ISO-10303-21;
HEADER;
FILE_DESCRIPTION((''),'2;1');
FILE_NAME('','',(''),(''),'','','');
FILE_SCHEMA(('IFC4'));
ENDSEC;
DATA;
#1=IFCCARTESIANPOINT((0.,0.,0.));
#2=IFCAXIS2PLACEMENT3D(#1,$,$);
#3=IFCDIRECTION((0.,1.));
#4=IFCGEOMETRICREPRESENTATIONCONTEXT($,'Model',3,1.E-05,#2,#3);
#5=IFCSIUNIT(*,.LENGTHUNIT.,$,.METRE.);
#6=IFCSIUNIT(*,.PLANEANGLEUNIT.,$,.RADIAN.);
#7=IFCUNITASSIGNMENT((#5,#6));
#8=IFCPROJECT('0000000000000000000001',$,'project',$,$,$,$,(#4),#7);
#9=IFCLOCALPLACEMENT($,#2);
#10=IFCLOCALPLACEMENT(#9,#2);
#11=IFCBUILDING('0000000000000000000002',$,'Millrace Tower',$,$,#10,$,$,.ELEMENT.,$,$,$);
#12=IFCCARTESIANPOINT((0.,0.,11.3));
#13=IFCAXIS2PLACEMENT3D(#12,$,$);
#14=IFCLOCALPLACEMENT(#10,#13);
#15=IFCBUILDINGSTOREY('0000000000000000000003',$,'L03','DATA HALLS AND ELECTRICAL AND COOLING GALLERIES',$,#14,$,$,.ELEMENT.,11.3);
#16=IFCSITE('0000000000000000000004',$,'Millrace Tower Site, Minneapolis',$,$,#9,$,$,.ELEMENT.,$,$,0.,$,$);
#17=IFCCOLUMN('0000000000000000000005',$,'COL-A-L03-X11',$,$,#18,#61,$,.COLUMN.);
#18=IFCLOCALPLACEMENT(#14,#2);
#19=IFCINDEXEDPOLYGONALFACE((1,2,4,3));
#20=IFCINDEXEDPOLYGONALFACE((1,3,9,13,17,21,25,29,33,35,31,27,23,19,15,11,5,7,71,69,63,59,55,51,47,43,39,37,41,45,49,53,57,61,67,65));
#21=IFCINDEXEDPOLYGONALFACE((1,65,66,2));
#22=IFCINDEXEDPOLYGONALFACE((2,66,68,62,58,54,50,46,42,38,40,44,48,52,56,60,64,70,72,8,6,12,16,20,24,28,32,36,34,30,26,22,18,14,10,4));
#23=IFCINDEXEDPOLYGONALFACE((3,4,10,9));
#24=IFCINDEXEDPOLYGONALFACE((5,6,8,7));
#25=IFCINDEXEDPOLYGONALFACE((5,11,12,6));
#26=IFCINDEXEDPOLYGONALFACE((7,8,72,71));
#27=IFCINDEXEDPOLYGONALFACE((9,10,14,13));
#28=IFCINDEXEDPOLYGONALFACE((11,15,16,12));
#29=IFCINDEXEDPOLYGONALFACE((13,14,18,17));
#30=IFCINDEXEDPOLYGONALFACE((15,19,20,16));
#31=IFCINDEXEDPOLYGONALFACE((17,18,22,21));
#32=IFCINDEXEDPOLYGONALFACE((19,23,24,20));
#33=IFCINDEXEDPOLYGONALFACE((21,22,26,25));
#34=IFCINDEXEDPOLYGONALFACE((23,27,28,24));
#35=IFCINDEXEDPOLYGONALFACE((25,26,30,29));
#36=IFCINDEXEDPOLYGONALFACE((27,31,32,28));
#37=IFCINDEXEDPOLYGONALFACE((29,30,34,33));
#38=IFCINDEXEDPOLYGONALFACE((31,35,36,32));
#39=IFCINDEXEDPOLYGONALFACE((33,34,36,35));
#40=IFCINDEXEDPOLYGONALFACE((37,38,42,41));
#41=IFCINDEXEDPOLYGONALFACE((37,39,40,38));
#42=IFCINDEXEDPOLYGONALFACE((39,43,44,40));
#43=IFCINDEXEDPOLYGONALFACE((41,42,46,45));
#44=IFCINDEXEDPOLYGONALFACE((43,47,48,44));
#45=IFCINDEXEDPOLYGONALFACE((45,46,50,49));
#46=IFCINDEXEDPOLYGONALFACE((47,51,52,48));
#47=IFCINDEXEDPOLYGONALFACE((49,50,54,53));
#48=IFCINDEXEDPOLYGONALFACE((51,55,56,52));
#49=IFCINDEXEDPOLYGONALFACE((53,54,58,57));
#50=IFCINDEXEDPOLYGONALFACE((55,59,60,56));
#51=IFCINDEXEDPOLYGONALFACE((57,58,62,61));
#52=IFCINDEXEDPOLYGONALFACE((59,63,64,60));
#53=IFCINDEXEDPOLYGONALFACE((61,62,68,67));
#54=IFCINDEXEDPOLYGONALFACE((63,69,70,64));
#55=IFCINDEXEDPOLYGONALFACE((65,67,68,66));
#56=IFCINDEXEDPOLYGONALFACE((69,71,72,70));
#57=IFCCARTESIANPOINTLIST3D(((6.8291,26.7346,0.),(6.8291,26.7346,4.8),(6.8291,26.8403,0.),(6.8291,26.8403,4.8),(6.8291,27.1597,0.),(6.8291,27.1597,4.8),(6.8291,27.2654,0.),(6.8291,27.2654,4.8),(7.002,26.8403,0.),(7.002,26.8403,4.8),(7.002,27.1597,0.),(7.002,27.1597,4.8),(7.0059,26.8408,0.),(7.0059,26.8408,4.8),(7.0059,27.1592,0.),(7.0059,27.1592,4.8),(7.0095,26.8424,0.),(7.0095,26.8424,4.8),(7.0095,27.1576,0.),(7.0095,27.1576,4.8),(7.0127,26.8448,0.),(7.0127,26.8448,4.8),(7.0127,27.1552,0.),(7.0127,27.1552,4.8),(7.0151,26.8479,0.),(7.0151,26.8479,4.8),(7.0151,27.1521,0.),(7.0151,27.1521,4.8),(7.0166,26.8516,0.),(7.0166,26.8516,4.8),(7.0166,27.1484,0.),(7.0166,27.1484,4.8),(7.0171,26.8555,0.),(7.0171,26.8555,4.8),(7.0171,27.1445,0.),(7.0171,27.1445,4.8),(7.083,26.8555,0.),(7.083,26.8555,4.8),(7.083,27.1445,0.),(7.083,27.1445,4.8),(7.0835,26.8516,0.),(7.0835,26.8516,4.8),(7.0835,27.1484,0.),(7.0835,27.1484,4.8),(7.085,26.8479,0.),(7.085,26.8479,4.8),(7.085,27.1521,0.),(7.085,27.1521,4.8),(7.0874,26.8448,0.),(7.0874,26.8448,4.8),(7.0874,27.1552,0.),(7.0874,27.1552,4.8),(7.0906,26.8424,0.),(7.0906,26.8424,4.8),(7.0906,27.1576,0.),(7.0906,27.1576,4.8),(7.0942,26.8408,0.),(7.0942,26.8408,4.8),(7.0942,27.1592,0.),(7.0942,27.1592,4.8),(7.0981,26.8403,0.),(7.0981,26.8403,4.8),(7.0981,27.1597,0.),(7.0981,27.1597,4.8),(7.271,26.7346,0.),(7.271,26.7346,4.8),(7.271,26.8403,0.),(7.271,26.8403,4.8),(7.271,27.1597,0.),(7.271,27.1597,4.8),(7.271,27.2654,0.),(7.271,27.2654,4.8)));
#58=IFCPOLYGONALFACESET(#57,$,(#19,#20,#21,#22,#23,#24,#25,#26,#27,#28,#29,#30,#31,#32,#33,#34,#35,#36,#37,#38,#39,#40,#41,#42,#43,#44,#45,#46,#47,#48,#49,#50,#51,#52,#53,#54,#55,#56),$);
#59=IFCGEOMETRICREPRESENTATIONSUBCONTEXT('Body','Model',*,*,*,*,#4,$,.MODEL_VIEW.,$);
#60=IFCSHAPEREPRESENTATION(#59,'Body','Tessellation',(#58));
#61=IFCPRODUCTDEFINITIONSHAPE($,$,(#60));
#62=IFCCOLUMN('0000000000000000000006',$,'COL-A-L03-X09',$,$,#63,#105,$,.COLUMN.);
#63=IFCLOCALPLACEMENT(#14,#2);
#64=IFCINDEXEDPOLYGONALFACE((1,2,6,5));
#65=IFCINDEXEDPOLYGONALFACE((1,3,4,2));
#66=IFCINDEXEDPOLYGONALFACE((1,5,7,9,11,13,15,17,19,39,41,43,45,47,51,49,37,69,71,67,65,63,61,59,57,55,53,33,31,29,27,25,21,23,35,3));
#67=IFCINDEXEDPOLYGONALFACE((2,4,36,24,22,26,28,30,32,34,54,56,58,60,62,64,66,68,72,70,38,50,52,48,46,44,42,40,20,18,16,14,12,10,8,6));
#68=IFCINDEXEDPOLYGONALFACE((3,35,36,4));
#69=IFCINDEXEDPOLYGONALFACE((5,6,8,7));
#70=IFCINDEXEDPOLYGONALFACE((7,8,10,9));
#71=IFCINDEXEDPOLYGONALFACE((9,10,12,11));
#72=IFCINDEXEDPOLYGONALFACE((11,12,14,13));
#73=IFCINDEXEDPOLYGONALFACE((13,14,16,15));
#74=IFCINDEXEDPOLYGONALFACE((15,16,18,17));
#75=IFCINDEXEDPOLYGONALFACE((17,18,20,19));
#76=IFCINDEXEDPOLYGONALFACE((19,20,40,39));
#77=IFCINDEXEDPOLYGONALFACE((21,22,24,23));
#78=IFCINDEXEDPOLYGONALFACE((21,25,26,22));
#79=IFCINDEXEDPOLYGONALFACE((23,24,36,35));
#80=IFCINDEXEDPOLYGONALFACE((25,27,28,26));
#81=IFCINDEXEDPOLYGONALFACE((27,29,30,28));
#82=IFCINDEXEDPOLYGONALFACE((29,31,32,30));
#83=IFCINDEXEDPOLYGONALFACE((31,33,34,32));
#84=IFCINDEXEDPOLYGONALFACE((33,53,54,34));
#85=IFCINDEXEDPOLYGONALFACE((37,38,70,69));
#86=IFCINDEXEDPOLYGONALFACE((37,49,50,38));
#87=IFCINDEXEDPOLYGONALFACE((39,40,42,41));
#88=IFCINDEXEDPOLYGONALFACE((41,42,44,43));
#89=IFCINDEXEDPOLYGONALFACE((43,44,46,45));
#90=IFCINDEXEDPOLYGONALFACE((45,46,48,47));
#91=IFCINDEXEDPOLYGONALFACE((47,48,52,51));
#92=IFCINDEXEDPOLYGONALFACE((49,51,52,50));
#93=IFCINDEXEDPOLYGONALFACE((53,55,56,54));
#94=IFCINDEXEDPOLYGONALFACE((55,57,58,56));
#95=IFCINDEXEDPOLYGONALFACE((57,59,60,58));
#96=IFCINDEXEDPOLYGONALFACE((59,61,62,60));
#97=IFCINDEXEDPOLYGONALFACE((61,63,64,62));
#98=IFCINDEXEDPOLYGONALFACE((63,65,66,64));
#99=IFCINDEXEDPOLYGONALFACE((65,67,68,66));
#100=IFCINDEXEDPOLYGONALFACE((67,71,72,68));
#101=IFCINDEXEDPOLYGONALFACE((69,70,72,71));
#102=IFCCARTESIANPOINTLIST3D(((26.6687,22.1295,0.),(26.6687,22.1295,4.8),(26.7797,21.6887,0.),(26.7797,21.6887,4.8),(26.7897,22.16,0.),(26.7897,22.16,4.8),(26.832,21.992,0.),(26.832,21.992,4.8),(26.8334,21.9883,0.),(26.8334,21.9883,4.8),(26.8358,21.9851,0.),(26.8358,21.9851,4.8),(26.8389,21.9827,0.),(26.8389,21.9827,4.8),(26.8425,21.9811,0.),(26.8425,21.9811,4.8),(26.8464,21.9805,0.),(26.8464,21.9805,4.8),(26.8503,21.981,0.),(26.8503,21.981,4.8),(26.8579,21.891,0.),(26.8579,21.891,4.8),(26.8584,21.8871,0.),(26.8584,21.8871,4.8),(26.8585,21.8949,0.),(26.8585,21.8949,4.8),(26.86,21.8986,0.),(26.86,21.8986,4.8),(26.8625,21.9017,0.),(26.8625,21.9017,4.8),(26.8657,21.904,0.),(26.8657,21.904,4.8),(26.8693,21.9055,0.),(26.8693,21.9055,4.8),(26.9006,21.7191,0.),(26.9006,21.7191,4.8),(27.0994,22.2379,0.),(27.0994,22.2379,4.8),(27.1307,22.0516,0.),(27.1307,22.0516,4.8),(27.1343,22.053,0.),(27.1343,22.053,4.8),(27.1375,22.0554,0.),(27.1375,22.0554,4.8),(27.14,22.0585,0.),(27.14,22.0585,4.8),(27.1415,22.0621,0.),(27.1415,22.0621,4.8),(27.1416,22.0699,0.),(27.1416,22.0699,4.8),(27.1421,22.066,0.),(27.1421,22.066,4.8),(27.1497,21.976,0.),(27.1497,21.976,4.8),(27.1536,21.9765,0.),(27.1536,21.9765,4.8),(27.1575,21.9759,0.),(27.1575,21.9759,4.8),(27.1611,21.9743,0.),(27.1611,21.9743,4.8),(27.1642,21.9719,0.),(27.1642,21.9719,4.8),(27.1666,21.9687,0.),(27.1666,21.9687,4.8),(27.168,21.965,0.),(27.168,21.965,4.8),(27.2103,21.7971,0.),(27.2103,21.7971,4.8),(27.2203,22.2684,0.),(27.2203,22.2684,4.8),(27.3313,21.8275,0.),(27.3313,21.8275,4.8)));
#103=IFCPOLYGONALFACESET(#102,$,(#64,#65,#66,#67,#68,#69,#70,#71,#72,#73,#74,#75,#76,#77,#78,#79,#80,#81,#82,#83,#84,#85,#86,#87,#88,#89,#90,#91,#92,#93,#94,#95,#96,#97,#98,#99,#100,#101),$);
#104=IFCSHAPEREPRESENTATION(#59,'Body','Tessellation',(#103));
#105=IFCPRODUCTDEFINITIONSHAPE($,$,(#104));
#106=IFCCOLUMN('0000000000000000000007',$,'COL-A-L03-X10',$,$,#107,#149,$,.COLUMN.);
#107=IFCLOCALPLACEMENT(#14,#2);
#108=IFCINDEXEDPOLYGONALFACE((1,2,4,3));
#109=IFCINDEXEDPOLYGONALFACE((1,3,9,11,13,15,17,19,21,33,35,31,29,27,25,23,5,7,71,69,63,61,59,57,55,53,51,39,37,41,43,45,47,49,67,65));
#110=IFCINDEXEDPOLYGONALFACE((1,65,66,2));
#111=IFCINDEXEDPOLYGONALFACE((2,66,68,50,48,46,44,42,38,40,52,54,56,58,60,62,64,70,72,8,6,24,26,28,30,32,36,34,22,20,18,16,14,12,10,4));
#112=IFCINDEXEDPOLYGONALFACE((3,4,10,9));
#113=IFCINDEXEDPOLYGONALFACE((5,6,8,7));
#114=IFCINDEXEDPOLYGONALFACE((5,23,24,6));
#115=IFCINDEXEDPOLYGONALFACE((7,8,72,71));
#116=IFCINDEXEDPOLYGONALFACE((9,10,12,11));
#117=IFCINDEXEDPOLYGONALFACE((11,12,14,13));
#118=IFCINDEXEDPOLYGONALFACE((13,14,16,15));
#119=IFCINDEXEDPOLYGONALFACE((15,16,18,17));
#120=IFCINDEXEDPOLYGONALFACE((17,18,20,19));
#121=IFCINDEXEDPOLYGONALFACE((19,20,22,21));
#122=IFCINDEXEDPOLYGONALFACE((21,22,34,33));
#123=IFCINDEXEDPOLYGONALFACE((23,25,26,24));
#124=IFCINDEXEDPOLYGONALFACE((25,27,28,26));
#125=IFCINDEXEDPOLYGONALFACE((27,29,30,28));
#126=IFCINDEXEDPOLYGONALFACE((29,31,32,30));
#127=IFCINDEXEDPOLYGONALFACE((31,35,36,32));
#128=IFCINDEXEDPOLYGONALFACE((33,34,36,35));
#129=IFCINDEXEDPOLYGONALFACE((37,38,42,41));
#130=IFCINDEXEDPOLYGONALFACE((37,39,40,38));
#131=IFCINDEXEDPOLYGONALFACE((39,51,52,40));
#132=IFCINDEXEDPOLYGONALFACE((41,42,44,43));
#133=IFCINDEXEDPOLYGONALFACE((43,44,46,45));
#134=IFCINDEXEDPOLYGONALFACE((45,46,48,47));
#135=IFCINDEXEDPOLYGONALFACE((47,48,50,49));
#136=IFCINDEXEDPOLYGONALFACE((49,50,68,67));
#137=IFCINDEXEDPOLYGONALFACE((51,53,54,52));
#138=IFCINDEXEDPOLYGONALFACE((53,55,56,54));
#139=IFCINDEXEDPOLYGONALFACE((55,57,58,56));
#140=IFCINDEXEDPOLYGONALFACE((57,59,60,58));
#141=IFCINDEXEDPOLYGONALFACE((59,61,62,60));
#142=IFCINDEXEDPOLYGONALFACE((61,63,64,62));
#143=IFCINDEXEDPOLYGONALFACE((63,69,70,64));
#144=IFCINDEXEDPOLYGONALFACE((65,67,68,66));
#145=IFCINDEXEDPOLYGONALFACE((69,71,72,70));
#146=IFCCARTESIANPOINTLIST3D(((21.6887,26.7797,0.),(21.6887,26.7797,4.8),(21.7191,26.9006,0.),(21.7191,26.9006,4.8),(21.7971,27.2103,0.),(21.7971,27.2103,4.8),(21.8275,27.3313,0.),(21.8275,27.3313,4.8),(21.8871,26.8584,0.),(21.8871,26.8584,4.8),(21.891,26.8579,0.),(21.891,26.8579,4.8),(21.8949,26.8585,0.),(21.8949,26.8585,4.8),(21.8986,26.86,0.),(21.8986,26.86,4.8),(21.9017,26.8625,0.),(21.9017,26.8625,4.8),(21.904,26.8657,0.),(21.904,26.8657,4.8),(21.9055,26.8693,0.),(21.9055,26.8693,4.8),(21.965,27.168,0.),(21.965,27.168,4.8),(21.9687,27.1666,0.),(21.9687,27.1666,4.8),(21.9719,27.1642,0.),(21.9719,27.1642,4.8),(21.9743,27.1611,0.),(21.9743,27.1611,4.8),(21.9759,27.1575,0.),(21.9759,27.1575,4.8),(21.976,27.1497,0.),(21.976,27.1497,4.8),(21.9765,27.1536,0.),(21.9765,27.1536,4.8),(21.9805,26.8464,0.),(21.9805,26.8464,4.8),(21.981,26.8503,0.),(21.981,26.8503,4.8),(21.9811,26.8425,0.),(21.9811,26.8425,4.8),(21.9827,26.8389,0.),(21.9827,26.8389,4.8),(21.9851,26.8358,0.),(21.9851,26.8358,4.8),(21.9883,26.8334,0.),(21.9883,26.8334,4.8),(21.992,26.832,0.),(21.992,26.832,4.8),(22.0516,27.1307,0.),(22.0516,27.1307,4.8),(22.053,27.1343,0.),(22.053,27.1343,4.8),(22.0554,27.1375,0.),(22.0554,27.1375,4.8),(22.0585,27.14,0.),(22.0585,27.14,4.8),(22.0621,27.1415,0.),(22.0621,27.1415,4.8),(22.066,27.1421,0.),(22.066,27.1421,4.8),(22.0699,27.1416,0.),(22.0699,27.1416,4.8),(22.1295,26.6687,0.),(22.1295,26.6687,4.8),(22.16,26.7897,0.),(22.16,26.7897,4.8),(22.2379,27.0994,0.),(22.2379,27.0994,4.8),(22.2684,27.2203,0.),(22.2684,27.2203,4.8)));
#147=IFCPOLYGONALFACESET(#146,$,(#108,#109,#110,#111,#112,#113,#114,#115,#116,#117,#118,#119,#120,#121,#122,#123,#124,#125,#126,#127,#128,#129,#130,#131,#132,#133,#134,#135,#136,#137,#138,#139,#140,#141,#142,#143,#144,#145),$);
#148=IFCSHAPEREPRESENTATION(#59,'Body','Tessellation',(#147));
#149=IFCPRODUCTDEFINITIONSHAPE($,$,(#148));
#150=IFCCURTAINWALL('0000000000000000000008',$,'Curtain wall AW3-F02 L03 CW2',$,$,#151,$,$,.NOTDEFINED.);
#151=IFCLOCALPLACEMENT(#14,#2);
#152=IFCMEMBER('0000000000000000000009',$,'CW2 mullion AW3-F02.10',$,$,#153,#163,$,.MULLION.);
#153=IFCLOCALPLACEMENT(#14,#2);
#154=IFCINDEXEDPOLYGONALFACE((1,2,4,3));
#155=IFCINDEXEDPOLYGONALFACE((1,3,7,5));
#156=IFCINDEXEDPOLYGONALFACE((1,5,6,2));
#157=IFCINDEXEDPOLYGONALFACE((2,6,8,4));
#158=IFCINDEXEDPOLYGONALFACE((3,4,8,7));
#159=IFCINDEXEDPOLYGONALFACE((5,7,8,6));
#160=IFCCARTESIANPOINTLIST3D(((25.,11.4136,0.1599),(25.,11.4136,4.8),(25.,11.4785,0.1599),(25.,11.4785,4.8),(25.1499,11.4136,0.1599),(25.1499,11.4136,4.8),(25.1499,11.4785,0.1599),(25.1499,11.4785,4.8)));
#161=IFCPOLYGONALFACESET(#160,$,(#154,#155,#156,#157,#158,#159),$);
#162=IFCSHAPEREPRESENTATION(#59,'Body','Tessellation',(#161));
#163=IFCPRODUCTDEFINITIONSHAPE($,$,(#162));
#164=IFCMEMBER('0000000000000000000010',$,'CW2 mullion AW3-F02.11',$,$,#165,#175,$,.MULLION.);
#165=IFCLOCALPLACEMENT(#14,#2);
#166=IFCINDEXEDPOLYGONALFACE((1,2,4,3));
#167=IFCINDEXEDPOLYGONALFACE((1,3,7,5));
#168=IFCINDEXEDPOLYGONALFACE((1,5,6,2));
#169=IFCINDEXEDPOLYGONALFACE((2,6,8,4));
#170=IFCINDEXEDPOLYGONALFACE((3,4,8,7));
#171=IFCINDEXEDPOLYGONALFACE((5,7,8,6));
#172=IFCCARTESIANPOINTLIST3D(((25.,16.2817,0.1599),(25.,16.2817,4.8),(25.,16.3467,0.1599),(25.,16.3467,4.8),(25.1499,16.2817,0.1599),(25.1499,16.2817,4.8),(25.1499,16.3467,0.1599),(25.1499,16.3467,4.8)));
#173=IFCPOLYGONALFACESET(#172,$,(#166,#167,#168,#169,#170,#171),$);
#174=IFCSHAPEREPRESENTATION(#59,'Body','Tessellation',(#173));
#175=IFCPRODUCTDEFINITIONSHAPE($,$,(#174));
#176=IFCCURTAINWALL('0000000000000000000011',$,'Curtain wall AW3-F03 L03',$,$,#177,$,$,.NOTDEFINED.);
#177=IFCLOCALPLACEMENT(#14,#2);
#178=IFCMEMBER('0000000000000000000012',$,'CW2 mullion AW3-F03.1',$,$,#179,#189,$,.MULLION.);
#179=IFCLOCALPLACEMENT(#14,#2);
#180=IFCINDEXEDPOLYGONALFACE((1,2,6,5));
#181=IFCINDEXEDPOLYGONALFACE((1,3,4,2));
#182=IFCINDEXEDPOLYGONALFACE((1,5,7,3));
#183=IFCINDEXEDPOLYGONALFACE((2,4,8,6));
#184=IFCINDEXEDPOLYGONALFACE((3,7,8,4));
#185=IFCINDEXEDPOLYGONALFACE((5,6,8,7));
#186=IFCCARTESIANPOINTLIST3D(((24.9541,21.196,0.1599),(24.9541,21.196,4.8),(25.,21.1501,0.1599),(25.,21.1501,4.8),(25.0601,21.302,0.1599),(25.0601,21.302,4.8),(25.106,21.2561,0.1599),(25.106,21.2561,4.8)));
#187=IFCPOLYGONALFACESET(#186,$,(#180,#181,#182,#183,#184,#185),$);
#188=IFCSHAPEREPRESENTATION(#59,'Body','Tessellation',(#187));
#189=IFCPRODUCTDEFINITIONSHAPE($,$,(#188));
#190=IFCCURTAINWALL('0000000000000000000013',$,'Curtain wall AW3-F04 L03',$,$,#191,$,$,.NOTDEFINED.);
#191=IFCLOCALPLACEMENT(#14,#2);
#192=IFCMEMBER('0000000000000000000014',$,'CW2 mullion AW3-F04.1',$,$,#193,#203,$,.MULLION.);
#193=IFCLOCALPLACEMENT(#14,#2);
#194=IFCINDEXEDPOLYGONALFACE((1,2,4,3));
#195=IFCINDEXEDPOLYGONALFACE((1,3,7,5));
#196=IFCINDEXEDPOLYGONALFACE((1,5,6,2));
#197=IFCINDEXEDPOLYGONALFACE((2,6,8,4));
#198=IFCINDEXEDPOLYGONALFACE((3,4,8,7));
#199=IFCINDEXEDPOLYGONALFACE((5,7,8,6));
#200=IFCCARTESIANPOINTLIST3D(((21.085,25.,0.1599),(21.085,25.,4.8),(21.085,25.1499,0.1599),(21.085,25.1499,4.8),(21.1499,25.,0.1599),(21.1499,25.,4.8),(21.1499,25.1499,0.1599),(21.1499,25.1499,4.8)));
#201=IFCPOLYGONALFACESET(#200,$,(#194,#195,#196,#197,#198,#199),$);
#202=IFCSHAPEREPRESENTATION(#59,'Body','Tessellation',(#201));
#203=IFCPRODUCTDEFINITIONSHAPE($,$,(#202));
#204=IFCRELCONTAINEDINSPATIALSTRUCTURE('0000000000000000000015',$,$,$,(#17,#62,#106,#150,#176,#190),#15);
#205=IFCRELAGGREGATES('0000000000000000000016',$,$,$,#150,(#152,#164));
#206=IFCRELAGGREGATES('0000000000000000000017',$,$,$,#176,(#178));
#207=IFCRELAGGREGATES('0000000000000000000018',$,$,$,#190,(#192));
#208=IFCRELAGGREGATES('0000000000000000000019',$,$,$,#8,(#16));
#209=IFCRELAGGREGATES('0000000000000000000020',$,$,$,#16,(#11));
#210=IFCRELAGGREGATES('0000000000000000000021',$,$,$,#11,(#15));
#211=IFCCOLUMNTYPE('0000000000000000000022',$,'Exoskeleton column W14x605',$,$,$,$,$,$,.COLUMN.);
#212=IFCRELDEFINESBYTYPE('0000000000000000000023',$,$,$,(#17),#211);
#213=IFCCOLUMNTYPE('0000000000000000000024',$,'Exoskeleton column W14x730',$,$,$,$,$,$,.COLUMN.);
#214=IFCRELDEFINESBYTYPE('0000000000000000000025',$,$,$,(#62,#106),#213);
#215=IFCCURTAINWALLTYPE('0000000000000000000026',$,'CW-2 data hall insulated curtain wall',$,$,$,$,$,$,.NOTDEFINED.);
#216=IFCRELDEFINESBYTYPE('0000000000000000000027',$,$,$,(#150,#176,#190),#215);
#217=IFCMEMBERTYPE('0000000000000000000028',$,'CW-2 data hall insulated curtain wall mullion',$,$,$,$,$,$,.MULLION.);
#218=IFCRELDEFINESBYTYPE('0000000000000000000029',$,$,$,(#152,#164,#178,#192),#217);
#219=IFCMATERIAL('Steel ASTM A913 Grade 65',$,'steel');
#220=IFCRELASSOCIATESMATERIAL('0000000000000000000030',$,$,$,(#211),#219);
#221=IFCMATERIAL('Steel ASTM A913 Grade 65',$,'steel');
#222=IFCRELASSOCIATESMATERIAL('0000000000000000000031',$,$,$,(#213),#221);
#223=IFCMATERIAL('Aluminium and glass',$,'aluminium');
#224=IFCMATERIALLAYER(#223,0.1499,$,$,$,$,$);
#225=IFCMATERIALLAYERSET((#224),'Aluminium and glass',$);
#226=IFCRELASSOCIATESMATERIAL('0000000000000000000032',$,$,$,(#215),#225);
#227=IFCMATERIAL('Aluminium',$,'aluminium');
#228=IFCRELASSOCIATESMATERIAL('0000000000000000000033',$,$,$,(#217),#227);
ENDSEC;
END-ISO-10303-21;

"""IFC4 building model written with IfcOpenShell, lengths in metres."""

from ifc_helpers import new_model, si_unit, direction, frame, origin, origin_2d, place, context, subcontext, project, spatial, rectangle, i_section, extrude, material, layer, layer_set, material_profile, profile_set, type_object, element, aggregate, save


model = new_model("IFC4")

# Units and contexts
model_context = context("Model", 3, precision=1e-05, world=origin(), true_north=direction((0.0, 1.0)))
body_context = subcontext(model_context, "Body", "Model", "MODEL_VIEW")
ifc_project = project(units=[si_unit("LENGTHUNIT", "METRE"), si_unit("PLANEANGLEUNIT", "RADIAN")], contexts=[model_context])

# Site, building, storey
site_placement = place(None, origin())
site = spatial("IfcSite", under=ifc_project, at=site_placement, Name="Millrace Tower Site, Minneapolis", CompositionType="ELEMENT", RefElevation=0.0)
building_placement = place(site_placement, origin())
building = spatial("IfcBuilding", under=site, at=building_placement, Name="Millrace Tower", CompositionType="ELEMENT")
storey_placement = place(building_placement, frame((0.0, 0.0, 11.3)))
storey = spatial("IfcBuildingStorey", under=building, at=storey_placement, Name="L03", Description="DATA HALLS AND ELECTRICAL AND COOLING GALLERIES", CompositionType="ELEMENT", Elevation=11.3)

# Columns
ifc_material_1 = material(Name="Steel ASTM A913 Grade 65", Category="steel")
ifc_material_profile_1 = material_profile(ifc_material_1, i_section(OverallWidth=0.4419, OverallDepth=0.5308, WebThickness=0.0659, FlangeThickness=0.1057, FilletRadius=0.0151, at=origin_2d()))
ifc_profile_set_1 = profile_set([ifc_material_profile_1], Name="Steel ASTM A913 Grade 65")
column_type_1 = type_object("IfcColumnType", Name="Exoskeleton column W14x605", PredefinedType="COLUMN", material=ifc_profile_set_1)
column_placement = place(storey_placement, frame((7.05, 27.0, 0.0), z_axis=(0.0, 0.0, 1.0), x_axis=(-1.0, 0.0, 0.0)))
element("IfcColumn", 1, at=column_placement, inside=storey, type_object=column_type_1, Name="COL-A-L03-X11", PredefinedType="COLUMN", context=body_context, shape_type="SweptSolid", body=[
    extrude(i_section(OverallWidth=0.4419, OverallDepth=0.5308, WebThickness=0.0659, FlangeThickness=0.1057, FilletRadius=0.0151, at=origin_2d()), origin(), (0.0, 0.0, 1.0), 4.8),
])
ifc_material_2 = material(Name="Steel ASTM A913 Grade 65", Category="steel")
ifc_material_profile_2 = material_profile(ifc_material_2, i_section(OverallWidth=0.4546, OverallDepth=0.5688, WebThickness=0.0779, FlangeThickness=0.1248, FilletRadius=0.0151, at=origin_2d()))
ifc_profile_set_2 = profile_set([ifc_material_profile_2], Name="Steel ASTM A913 Grade 65")
column_type_2 = type_object("IfcColumnType", Name="Exoskeleton column W14x730", PredefinedType="COLUMN", material=ifc_profile_set_2)
for number, where, z_axis, x_axis, name in (
    (2, (27.0, 21.9785, 0.0), (0.0, 0.0, 1.0), (-0.244094, 0.969752, 0.0), "COL-A-L03-X09"),
    (3, (21.9785, 27.0, 0.0), (0.0, 0.0, 1.0), (-0.969752, 0.244094, 0.0), "COL-A-L03-X10"),
):
    element("IfcColumn", number, at=place(storey_placement, frame(where, z_axis=z_axis, x_axis=x_axis)), inside=storey, type_object=column_type_2, Name=name, PredefinedType="COLUMN", context=body_context, shape_type="SweptSolid", body=[
        extrude(i_section(OverallWidth=0.4546, OverallDepth=0.5688, WebThickness=0.0779, FlangeThickness=0.1248, FilletRadius=0.0151, at=origin_2d()), origin(), (0.0, 0.0, 1.0), 4.8),
    ])

# Curtain wall, members
ifc_material_3 = material(Name="Aluminium and glass", Category="aluminium")
ifc_layer_1 = layer(ifc_material_3, 0.1499)
ifc_layer_set_1 = layer_set([ifc_layer_1], Name="Aluminium and glass")
curtain_wall_type = type_object("IfcCurtainWallType", Name="CW-2 data hall insulated curtain wall", PredefinedType="NOTDEFINED", material=ifc_layer_set_1)
placement = place(storey_placement, origin())
curtain_wall_1 = element("IfcCurtainWall", 4, at=placement, inside=storey, type_object=curtain_wall_type, Name="Curtain wall AW3-F02 L03 CW2", PredefinedType="NOTDEFINED")
ifc_material_4 = material(Name="Aluminium", Category="aluminium")
ifc_material_profile_3 = material_profile(ifc_material_4, rectangle(XDim=0.0649, YDim=0.1499, at=origin_2d()))
ifc_profile_set_3 = profile_set([ifc_material_profile_3], Name="Aluminium")
member_type_1 = type_object("IfcMemberType", Name="CW-2 data hall insulated curtain wall mullion", PredefinedType="MULLION", material=ifc_profile_set_3)
member_1_placement = place(storey_placement, frame((25.075, 11.446, 0.1599), z_axis=(0.0, 0.0, 1.0), x_axis=(0.0, 1.0, 0.0)))
member_1 = element("IfcMember", 5, at=member_1_placement, type_object=member_type_1, Name="CW2 mullion AW3-F02.10", PredefinedType="MULLION", context=body_context, shape_type="SweptSolid", body=[
    extrude(rectangle(XDim=0.0649, YDim=0.1499, at=origin_2d()), origin(), (0.0, 0.0, 1.0), 4.6401),
])
member_2_placement = place(storey_placement, frame((25.075, 16.3142, 0.1599), z_axis=(0.0, 0.0, 1.0), x_axis=(0.0, 1.0, 0.0)))
member_2 = element("IfcMember", 6, at=member_2_placement, type_object=member_type_1, Name="CW2 mullion AW3-F02.11", PredefinedType="MULLION", context=body_context, shape_type="SweptSolid", body=[
    extrude(rectangle(XDim=0.0649, YDim=0.1499, at=origin_2d()), origin(), (0.0, 0.0, 1.0), 4.6401),
])
aggregate(curtain_wall_1, [member_1, member_2])

# Curtain wall, member
curtain_wall_2 = element("IfcCurtainWall", 7, at=placement, inside=storey, type_object=curtain_wall_type, Name="Curtain wall AW3-F03 L03", PredefinedType="NOTDEFINED")
member_3_placement = place(storey_placement, frame((25.03, 21.2261, 0.1599), z_axis=(0.0, 0.0, 1.0), x_axis=(-0.707107, 0.707107, 0.0)))
member_3 = element("IfcMember", 8, at=member_3_placement, type_object=member_type_1, Name="CW2 mullion AW3-F03.1", PredefinedType="MULLION", context=body_context, shape_type="SweptSolid", body=[
    extrude(rectangle(XDim=0.0649, YDim=0.1499, at=origin_2d()), origin(), (0.0, 0.0, 1.0), 4.6401),
])

# Curtain wall, member
curtain_wall_3 = element("IfcCurtainWall", 9, at=placement, inside=storey, type_object=curtain_wall_type, Name="Curtain wall AW3-F04 L03", PredefinedType="NOTDEFINED")
member_4_placement = place(storey_placement, frame((21.1174, 25.075, 0.1599), z_axis=(0.0, 0.0, 1.0), x_axis=(-1.0, 0.0, 0.0)))
member_4 = element("IfcMember", 10, at=member_4_placement, type_object=member_type_1, Name="CW2 mullion AW3-F04.1", PredefinedType="MULLION", context=body_context, shape_type="SweptSolid", body=[
    extrude(rectangle(XDim=0.0649, YDim=0.1499, at=origin_2d()), origin(), (0.0, 0.0, 1.0), 4.6401),
])

aggregate(curtain_wall_2, [member_3])
aggregate(curtain_wall_3, [member_4])

save(model, "model.ifc")
